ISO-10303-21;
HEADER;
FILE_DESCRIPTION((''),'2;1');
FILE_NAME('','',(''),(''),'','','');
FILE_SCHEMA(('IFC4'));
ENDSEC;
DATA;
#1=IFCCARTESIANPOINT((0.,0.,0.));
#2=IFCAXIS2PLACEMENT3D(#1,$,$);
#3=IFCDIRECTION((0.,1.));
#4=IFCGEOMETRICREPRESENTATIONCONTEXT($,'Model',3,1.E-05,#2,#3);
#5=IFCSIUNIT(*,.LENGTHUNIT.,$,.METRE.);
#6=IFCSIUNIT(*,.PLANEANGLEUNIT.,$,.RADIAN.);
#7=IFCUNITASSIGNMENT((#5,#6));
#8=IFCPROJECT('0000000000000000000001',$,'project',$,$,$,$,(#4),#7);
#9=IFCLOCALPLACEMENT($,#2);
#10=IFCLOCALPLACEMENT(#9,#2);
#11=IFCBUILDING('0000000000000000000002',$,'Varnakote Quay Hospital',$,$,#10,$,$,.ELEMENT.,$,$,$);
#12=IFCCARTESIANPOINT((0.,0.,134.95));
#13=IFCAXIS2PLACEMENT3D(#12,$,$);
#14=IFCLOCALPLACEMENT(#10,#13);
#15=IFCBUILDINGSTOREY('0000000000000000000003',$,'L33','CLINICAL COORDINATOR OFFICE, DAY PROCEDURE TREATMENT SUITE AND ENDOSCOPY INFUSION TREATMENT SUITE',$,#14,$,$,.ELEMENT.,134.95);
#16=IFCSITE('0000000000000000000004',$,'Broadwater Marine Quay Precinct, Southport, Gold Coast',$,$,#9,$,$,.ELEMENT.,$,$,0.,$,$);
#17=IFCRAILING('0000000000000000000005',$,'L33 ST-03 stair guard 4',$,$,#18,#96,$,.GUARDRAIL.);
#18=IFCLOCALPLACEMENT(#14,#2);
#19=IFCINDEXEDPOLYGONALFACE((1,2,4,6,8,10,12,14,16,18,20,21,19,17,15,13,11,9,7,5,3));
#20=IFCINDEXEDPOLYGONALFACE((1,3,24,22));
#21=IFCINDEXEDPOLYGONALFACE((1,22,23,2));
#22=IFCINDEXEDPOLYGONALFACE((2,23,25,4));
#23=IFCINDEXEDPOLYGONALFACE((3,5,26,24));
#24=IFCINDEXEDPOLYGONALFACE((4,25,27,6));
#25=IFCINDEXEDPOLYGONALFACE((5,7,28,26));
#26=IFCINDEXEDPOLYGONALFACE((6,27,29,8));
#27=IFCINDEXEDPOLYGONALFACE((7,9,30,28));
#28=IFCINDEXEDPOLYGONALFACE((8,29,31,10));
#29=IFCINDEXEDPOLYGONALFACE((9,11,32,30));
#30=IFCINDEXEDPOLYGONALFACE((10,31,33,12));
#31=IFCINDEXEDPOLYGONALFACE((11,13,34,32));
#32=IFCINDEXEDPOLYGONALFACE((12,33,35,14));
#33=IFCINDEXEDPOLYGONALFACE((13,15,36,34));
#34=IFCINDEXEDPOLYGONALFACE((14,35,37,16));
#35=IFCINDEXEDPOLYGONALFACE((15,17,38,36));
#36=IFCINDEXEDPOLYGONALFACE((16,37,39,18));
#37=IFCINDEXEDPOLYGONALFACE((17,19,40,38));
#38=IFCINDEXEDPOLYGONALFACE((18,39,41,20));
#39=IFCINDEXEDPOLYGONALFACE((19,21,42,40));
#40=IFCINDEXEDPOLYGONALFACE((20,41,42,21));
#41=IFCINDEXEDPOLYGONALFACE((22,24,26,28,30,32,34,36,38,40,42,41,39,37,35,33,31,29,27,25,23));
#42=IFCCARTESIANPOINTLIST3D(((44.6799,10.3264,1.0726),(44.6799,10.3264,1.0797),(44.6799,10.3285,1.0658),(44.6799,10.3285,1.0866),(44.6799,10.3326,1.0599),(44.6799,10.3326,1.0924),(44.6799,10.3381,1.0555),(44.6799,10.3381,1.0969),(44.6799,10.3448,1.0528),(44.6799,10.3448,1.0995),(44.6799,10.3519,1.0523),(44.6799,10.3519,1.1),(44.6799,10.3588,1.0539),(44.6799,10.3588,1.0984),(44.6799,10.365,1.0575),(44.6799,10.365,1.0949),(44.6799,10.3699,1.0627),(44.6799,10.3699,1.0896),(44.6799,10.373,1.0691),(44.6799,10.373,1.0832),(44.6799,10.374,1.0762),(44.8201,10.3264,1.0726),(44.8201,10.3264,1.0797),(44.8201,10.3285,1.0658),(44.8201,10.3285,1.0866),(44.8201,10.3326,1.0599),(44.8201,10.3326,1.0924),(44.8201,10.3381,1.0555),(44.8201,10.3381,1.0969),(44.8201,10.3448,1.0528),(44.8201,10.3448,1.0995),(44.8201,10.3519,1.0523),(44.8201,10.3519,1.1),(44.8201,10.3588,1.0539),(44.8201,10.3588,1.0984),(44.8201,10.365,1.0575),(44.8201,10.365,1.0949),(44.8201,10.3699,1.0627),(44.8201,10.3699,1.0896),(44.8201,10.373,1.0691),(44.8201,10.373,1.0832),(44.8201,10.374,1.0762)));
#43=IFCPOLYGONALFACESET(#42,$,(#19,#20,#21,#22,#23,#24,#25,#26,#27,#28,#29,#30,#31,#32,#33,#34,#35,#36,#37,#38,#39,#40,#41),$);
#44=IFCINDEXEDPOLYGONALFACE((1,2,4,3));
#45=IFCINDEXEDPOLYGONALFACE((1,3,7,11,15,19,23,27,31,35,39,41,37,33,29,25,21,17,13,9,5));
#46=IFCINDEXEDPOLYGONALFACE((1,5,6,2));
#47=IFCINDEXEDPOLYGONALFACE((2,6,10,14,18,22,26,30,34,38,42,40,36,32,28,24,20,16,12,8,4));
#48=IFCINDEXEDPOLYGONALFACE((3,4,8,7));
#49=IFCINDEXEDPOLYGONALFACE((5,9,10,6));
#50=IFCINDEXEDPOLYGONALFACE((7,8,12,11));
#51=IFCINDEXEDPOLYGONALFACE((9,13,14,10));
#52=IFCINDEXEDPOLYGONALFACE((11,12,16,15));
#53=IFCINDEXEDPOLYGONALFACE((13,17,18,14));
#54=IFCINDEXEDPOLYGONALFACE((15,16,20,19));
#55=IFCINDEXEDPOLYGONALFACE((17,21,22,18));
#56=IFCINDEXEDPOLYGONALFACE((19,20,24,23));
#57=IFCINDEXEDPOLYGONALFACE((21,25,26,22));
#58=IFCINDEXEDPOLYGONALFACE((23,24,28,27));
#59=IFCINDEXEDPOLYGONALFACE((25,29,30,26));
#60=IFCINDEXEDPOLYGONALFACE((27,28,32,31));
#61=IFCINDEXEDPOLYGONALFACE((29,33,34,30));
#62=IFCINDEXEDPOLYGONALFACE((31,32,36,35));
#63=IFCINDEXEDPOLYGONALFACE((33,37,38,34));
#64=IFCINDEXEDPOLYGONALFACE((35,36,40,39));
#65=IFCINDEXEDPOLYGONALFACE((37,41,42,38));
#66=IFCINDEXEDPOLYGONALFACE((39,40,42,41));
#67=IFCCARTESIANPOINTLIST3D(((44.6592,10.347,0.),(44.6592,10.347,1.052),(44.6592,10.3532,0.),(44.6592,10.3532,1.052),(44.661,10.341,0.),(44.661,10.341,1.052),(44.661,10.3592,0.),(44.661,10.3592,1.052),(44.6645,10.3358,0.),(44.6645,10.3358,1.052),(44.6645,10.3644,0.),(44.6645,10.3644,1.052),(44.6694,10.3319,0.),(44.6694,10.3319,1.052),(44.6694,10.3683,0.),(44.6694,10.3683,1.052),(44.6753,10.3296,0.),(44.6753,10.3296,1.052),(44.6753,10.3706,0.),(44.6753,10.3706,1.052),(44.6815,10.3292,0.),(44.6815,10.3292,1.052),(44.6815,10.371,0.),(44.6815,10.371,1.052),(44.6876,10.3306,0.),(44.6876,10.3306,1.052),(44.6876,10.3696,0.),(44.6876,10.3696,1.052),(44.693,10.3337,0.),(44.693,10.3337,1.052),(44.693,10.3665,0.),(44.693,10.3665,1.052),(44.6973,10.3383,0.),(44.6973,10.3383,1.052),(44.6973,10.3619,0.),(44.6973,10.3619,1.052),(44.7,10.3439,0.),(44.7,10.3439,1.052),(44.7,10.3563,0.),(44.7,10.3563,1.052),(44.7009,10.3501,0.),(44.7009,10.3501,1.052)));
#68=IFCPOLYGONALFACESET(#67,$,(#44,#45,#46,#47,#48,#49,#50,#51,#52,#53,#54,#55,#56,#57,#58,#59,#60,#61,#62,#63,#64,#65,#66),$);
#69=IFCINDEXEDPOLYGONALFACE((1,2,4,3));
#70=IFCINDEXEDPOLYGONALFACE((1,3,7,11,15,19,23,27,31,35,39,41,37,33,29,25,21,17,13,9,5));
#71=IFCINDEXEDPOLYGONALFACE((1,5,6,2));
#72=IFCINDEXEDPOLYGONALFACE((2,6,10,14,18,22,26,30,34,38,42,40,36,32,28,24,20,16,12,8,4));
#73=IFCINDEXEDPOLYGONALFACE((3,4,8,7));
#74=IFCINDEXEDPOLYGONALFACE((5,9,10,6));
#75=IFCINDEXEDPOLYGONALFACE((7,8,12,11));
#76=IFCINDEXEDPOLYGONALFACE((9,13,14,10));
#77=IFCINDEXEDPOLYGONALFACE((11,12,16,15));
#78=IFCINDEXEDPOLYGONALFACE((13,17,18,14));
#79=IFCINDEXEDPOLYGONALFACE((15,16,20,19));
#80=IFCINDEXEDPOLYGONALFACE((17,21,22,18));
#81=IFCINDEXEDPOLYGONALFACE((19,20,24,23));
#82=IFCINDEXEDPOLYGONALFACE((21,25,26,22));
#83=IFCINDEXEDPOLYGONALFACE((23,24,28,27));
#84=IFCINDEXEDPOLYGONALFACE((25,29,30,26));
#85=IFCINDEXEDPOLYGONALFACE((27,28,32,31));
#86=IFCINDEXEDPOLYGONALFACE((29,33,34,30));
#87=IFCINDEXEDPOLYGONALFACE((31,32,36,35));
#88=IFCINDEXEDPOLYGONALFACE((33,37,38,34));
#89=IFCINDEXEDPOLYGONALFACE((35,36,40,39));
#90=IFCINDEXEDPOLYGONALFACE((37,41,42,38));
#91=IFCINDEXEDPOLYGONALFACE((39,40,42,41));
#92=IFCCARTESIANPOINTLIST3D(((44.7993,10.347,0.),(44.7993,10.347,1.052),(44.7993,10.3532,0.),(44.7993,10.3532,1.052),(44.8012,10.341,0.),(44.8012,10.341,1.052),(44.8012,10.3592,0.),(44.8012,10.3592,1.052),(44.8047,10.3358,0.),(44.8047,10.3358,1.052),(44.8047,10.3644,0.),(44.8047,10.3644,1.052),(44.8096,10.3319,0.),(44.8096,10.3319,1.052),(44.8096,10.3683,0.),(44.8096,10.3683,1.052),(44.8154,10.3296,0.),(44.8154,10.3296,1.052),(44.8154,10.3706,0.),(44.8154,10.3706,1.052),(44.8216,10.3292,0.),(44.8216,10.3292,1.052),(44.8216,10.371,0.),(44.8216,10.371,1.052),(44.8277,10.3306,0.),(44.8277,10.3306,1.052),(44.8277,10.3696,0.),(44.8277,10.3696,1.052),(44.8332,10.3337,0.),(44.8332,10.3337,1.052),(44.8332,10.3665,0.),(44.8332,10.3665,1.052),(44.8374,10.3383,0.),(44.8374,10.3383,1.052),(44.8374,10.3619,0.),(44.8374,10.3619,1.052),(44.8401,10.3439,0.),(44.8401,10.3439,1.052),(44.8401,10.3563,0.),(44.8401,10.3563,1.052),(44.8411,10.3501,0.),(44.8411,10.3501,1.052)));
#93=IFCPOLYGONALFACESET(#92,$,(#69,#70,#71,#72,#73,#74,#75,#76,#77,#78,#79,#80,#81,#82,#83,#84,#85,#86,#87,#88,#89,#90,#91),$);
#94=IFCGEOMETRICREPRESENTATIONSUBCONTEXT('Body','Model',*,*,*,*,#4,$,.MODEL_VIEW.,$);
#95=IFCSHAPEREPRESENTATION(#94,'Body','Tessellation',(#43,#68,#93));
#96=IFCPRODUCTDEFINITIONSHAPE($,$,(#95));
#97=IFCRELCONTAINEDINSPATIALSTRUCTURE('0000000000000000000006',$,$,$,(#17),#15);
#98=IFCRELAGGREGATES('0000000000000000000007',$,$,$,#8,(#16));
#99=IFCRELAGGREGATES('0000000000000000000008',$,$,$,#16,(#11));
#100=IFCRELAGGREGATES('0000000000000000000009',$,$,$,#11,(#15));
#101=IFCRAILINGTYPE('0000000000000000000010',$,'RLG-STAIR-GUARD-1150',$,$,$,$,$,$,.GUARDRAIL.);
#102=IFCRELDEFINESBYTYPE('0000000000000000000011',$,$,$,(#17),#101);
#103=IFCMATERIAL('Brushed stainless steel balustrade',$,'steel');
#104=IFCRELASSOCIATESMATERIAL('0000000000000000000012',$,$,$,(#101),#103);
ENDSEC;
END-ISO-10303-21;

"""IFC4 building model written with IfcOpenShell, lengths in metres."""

from ifc_helpers import new_model, si_unit, direction, frame, origin, origin_2d, place, context, subcontext, project, spatial, circle, extrude, material, type_object, element, save


model = new_model("IFC4")

# Units and contexts
model_context = context("Model", 3, precision=1e-05, world=origin(), true_north=direction((0.0, 1.0)))
body_context = subcontext(model_context, "Body", "Model", "MODEL_VIEW")
ifc_project = project(units=[si_unit("LENGTHUNIT", "METRE"), si_unit("PLANEANGLEUNIT", "RADIAN")], contexts=[model_context])

# Site, building, storey
site_placement = place(None, origin())
site = spatial("IfcSite", under=ifc_project, at=site_placement, Name="Broadwater Marine Quay Precinct, Southport, Gold Coast", CompositionType="ELEMENT", RefElevation=0.0)
building_placement = place(site_placement, origin())
building = spatial("IfcBuilding", under=site, at=building_placement, Name="Varnakote Quay Hospital", CompositionType="ELEMENT")
storey_placement = place(building_placement, frame((0.0, 0.0, 134.95)))
storey = spatial("IfcBuildingStorey", under=building, at=storey_placement, Name="L33", Description="CLINICAL COORDINATOR OFFICE, DAY PROCEDURE TREATMENT SUITE AND ENDOSCOPY INFUSION TREATMENT SUITE", CompositionType="ELEMENT", Elevation=134.95)

# Railing
ifc_material_1 = material(Name="Brushed stainless steel balustrade", Category="steel")
railing_type_1 = type_object("IfcRailingType", Name="RLG-STAIR-GUARD-1150", PredefinedType="GUARDRAIL", material=ifc_material_1)
railing_1_placement = place(storey_placement, frame((44.6799, 10.3501, 0.0)))
element("IfcRailing", 1, at=railing_1_placement, inside=storey, type_object=railing_type_1, Name="L33 ST-03 stair guard 4", PredefinedType="GUARDRAIL", context=body_context, shape_type="SweptSolid", body=[
    extrude(circle(Radius=0.0239, at=origin_2d()), frame((0.0, 0.0, 1.0762), z_axis=(1.0, 0.0, 0.0), x_axis=(0.0, 1.0, 0.0)), (0.0, 0.0, 1.0), 0.1401),
    extrude(circle(Radius=0.021, at=origin_2d()), origin(), (0.0, 0.0, 1.0), 1.052),
    extrude(circle(Radius=0.021, at=origin_2d()), frame((0.1401, 0.0, 0.0)), (0.0, 0.0, 1.0), 1.052),
])

save(model, "model.ifc")
